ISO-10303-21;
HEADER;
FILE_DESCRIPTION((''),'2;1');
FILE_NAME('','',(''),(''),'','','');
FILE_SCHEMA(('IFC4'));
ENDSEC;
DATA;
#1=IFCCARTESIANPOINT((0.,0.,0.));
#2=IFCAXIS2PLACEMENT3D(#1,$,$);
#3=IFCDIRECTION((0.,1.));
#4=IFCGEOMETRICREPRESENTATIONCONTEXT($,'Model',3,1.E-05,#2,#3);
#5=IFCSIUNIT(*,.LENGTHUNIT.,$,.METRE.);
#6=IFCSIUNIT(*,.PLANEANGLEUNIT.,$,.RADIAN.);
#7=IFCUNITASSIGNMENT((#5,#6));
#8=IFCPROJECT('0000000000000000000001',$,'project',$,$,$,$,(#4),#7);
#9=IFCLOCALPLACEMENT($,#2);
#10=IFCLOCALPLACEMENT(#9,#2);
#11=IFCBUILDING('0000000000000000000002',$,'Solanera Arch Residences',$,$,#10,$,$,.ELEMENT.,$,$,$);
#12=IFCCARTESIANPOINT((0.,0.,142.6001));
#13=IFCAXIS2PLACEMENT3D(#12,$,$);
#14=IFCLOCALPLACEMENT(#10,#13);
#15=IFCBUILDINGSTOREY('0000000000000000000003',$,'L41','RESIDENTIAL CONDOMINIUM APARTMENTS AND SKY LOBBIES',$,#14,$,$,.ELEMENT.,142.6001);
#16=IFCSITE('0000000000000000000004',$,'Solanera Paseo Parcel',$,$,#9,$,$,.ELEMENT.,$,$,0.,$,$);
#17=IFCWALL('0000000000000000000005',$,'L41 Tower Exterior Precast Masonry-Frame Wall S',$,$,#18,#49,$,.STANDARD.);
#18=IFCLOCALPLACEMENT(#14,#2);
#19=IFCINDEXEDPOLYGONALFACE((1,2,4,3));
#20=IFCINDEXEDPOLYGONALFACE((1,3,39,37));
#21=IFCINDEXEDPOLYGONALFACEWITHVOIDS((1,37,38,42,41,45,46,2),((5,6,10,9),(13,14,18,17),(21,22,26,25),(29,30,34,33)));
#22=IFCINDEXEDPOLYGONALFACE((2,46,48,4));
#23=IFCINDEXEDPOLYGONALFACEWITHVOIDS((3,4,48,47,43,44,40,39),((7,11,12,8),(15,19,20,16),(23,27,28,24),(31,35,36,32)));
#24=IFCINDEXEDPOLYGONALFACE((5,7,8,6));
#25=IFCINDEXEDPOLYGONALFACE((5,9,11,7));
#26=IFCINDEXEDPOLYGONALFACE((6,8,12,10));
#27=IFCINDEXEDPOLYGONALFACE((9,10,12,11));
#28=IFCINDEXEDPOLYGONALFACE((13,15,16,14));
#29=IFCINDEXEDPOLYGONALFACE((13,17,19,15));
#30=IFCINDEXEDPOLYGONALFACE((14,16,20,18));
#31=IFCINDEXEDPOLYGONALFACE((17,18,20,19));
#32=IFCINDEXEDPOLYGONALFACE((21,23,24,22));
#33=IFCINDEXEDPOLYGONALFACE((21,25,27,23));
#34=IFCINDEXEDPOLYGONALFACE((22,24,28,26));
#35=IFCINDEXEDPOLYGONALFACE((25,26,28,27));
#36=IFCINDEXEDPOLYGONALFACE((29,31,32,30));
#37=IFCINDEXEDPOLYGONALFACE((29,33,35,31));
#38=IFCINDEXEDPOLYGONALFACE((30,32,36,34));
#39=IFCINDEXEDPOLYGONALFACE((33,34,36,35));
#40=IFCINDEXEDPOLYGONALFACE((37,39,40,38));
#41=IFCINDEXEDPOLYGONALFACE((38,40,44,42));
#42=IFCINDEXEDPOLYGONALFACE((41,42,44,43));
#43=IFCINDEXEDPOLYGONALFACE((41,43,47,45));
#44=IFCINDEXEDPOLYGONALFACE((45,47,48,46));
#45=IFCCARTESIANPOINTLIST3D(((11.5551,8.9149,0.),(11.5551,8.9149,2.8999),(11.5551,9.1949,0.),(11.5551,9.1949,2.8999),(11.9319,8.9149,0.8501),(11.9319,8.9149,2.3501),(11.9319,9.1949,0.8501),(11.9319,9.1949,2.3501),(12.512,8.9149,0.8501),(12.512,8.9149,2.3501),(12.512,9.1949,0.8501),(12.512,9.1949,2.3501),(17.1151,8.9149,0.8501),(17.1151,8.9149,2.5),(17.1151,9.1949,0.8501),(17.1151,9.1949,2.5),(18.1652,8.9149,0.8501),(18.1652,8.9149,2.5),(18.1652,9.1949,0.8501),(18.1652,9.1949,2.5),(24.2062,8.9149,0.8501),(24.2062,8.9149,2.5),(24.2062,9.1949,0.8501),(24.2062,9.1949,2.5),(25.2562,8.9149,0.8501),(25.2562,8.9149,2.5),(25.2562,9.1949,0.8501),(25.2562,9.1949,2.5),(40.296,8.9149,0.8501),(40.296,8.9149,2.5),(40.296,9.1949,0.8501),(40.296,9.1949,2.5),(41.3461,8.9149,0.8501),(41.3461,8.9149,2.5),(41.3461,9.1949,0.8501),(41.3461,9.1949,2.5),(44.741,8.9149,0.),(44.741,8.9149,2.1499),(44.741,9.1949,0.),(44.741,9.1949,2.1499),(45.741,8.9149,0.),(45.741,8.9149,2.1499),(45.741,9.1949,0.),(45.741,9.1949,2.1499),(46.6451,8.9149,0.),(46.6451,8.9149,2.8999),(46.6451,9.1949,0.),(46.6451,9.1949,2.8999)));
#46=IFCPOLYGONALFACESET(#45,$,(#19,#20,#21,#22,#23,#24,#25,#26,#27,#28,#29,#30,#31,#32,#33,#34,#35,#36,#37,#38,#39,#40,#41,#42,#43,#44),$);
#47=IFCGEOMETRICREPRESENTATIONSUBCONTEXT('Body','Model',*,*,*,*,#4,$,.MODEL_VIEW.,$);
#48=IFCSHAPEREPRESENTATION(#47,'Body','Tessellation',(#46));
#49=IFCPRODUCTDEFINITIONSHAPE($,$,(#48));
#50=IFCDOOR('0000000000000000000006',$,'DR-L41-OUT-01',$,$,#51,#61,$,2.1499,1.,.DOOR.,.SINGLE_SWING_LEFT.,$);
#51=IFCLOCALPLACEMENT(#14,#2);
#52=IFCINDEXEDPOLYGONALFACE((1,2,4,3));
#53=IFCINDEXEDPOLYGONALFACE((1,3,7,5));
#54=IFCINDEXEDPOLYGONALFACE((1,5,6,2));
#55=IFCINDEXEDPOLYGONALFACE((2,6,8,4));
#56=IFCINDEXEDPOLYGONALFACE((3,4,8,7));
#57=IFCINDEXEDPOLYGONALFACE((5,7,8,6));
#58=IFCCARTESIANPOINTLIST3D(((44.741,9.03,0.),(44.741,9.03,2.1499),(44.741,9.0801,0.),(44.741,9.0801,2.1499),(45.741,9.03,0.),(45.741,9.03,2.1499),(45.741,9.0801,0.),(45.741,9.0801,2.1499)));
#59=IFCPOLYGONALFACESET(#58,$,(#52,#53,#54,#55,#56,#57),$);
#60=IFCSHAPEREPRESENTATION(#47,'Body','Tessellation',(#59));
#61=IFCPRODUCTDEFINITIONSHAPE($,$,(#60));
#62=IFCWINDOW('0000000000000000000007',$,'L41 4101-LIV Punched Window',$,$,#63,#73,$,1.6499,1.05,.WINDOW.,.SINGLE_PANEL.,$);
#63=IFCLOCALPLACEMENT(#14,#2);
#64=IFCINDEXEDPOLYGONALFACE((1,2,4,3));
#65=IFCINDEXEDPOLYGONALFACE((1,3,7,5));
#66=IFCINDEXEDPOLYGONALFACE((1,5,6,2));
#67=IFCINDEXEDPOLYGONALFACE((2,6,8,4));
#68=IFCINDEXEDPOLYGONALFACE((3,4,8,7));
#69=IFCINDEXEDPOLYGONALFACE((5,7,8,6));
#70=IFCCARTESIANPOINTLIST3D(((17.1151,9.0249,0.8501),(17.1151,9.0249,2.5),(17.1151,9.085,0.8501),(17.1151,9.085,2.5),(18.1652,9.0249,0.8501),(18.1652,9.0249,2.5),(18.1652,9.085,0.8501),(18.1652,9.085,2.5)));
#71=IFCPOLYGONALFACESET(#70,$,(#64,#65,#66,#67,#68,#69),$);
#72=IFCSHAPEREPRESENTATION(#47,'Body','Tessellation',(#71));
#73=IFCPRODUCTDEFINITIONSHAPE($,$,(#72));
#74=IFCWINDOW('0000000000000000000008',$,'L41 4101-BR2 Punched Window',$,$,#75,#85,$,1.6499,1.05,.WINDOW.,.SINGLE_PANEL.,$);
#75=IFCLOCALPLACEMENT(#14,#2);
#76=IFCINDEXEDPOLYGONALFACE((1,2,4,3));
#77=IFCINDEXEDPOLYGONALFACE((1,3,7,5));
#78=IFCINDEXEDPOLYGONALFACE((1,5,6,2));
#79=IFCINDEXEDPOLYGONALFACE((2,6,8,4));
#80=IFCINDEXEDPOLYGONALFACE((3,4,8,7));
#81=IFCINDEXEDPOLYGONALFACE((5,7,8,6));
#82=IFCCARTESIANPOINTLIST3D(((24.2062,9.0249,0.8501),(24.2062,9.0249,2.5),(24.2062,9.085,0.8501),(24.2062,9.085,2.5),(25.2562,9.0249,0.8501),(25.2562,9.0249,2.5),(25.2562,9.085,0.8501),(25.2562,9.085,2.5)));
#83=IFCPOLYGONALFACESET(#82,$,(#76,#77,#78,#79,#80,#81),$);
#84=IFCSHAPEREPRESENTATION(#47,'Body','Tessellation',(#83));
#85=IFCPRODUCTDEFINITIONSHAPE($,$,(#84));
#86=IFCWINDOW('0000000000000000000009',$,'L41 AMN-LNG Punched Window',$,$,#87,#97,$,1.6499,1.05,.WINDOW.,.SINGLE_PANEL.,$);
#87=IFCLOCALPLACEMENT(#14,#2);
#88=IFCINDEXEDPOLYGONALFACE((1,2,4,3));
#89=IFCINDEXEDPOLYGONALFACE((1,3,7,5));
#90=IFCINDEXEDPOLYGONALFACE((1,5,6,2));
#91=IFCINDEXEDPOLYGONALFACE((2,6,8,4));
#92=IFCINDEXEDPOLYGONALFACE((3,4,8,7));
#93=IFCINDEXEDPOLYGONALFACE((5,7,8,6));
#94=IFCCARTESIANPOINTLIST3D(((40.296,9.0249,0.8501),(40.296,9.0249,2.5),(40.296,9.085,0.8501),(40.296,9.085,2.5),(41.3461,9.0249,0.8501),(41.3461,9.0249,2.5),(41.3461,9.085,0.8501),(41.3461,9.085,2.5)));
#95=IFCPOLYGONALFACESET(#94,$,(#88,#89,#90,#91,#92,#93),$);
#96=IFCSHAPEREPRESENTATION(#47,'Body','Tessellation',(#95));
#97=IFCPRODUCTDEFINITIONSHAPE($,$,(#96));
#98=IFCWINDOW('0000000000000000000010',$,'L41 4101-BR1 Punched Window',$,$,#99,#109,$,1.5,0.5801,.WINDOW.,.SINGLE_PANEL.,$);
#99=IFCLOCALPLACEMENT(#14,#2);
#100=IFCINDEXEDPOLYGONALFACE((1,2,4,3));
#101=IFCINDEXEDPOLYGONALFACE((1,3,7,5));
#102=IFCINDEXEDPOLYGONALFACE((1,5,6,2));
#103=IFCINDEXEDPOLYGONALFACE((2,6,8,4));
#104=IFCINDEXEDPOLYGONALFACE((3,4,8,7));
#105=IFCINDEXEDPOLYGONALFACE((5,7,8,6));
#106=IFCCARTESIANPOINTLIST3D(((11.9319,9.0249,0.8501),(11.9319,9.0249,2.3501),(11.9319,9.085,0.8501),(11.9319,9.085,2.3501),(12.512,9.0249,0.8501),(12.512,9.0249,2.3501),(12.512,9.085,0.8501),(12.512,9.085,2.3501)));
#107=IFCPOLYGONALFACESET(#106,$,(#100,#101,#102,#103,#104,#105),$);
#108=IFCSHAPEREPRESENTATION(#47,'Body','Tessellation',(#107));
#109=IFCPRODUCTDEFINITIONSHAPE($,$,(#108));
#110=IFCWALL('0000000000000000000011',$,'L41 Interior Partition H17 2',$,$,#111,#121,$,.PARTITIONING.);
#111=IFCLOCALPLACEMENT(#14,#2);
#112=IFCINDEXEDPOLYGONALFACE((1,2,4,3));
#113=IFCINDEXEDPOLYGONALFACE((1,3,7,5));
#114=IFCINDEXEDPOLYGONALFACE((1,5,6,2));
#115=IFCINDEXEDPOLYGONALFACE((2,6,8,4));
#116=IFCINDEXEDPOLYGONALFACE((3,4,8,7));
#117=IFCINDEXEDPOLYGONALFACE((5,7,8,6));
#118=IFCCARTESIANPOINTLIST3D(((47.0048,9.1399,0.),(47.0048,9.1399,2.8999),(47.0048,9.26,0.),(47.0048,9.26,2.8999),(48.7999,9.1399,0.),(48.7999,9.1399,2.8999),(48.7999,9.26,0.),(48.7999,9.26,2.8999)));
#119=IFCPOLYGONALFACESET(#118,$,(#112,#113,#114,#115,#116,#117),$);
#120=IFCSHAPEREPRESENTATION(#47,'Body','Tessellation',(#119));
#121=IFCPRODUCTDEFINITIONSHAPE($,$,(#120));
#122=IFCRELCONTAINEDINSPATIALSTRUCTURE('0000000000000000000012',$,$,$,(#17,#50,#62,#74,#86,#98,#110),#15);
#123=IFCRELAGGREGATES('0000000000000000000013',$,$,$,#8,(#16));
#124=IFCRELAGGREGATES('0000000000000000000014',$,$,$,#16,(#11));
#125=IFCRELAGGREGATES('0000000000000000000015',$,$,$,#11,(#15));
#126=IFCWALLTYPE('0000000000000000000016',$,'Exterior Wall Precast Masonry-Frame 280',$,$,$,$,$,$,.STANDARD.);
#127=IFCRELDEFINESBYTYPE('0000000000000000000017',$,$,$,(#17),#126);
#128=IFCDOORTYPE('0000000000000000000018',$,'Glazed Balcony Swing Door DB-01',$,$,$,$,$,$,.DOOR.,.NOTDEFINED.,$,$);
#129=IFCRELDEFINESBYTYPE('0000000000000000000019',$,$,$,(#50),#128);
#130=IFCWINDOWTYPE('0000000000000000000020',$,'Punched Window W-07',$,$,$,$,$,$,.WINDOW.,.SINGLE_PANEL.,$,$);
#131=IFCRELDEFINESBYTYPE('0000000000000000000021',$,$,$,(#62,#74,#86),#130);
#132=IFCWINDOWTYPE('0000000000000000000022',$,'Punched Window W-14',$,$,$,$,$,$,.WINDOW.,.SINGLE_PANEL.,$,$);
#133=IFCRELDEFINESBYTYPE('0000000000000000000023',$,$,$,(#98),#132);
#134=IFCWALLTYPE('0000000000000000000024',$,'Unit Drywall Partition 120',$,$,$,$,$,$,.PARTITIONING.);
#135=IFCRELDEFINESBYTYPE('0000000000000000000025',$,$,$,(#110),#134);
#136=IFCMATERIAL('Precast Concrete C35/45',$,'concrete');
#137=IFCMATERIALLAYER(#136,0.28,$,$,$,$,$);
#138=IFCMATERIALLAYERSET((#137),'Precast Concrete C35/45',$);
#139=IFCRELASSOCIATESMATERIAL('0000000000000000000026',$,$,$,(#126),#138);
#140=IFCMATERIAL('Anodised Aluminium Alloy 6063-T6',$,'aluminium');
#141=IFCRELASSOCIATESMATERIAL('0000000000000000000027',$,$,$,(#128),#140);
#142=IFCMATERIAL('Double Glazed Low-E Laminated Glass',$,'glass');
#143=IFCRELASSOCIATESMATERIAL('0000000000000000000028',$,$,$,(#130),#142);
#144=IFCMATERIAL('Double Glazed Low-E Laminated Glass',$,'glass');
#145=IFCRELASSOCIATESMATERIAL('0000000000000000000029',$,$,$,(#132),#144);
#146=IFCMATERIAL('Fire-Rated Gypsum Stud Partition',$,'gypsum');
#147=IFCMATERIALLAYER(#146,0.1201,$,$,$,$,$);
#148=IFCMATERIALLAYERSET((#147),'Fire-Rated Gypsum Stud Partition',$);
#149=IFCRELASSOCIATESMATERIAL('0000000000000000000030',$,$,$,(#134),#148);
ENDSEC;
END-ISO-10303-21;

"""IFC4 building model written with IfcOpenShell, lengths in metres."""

from ifc_helpers import new_model, si_unit, direction, frame, frame_2d, origin, place, context, subcontext, project, spatial, rectangle, extrude, material, layer, layer_set, type_object, element, fill, save


model = new_model("IFC4")

# Units and contexts
model_context = context("Model", 3, precision=1e-05, world=origin(), true_north=direction((0.0, 1.0)))
body_context = subcontext(model_context, "Body", "Model", "MODEL_VIEW")
ifc_project = project(units=[si_unit("LENGTHUNIT", "METRE"), si_unit("PLANEANGLEUNIT", "RADIAN")], contexts=[model_context])

# Site, building, storey
site_placement = place(None, origin())
site = spatial("IfcSite", under=ifc_project, at=site_placement, Name="Solanera Paseo Parcel", CompositionType="ELEMENT", RefElevation=0.0)
building_placement = place(site_placement, origin())
building = spatial("IfcBuilding", under=site, at=building_placement, Name="Solanera Arch Residences", CompositionType="ELEMENT")
storey_placement = place(building_placement, frame((0.0, 0.0, 142.6001)))
storey = spatial("IfcBuildingStorey", under=building, at=storey_placement, Name="L41", Description="RESIDENTIAL CONDOMINIUM APARTMENTS AND SKY LOBBIES", CompositionType="ELEMENT", Elevation=142.6001)

# Shared definitions
ifc_material_1 = material(Name="Precast Concrete C35/45", Category="concrete")
ifc_layer_1 = layer(ifc_material_1, 0.28)
ifc_layer_set_1 = layer_set([ifc_layer_1], Name="Precast Concrete C35/45")
wall_type_1 = type_object("IfcWallType", Name="Exterior Wall Precast Masonry-Frame 280", PredefinedType="STANDARD", material=ifc_layer_set_1)

# Wall, openings, door, windows
wall_1_placement = place(storey_placement, frame((46.645, 9.0549, 0.0), z_axis=(0.0, 0.0, 1.0), x_axis=(-1.0, 0.0, 0.0)))
wall_1 = element("IfcWall", 1, at=wall_1_placement, inside=storey, type_object=wall_type_1, Name="L41 Tower Exterior Precast Masonry-Frame Wall S", PredefinedType="STANDARD", context=body_context, shape_type="SweptSolid", body=[
    extrude(rectangle(XDim=35.0901, YDim=0.28, at=frame_2d((17.5449, 0.0))), origin(), (0.0, 0.0, 1.0), 2.8999),
])
opening_1_placement = place(wall_1_placement, frame((0.9041, 0.0, 0.0)))
opening_1 = element("IfcOpeningElement", 2, at=opening_1_placement, cuts=wall_1, PredefinedType="OPENING", context=body_context, shape_type="SweptSolid", body=[
    extrude(rectangle(XDim=1.0, YDim=2.1499, at=frame_2d((0.5, 1.075))), frame((0.0, 0.1499, 0.0), z_axis=(0.0, -1.0, 0.0), x_axis=(1.0, 0.0, 0.0)), (0.0, 0.0, 1.0), 0.3),
])
opening_2_placement = place(wall_1_placement, frame((28.48, 0.0, 0.8501)))
opening_2 = element("IfcOpeningElement", 3, at=opening_2_placement, cuts=wall_1, PredefinedType="OPENING", context=body_context, shape_type="SweptSolid", body=[
    extrude(rectangle(XDim=1.05, YDim=1.6499, at=frame_2d((0.5249, 0.825))), frame((0.0, 0.1499, 0.0), z_axis=(0.0, -1.0, 0.0), x_axis=(1.0, 0.0, 0.0)), (0.0, 0.0, 1.0), 0.3),
])
opening_3_placement = place(wall_1_placement, frame((34.1331, 0.0, 0.8501)))
opening_3 = element("IfcOpeningElement", 4, at=opening_3_placement, cuts=wall_1, PredefinedType="OPENING", context=body_context, shape_type="SweptSolid", body=[
    extrude(rectangle(XDim=0.5801, YDim=1.5, at=frame_2d((0.29, 0.75))), frame((0.0, 0.1499, 0.0), z_axis=(0.0, -1.0, 0.0), x_axis=(1.0, 0.0, 0.0)), (0.0, 0.0, 1.0), 0.3),
])
opening_4_placement = place(wall_1_placement, frame((21.3889, 0.0, 0.8501)))
opening_4 = element("IfcOpeningElement", 5, at=opening_4_placement, cuts=wall_1, PredefinedType="OPENING", context=body_context, shape_type="SweptSolid", body=[
    extrude(rectangle(XDim=1.05, YDim=1.6499, at=frame_2d((0.5249, 0.825))), frame((0.0, 0.1499, 0.0), z_axis=(0.0, -1.0, 0.0), x_axis=(1.0, 0.0, 0.0)), (0.0, 0.0, 1.0), 0.3),
])
opening_5_placement = place(wall_1_placement, frame((5.2991, 0.0, 0.8501)))
opening_5 = element("IfcOpeningElement", 6, at=opening_5_placement, cuts=wall_1, PredefinedType="OPENING", context=body_context, shape_type="SweptSolid", body=[
    extrude(rectangle(XDim=1.05, YDim=1.6499, at=frame_2d((0.5249, 0.825))), frame((0.0, 0.1499, 0.0), z_axis=(0.0, -1.0, 0.0), x_axis=(1.0, 0.0, 0.0)), (0.0, 0.0, 1.0), 0.3),
])
ifc_material_2 = material(Name="Anodised Aluminium Alloy 6063-T6", Category="aluminium")
door_type_1 = type_object("IfcDoorType", Name="Glazed Balcony Swing Door DB-01", OperationType="NOTDEFINED", PredefinedType="DOOR", material=ifc_material_2)
door_1_placement = place(opening_1_placement, origin())
door_1 = element("IfcDoor", 7, at=door_1_placement, inside=storey, type_object=door_type_1, Name="DR-L41-OUT-01", OperationType="SINGLE_SWING_LEFT", OverallHeight=2.1499, OverallWidth=1.0, PredefinedType="DOOR", context=body_context, shape_type="SweptSolid", body=[
    extrude(rectangle(XDim=1.0, YDim=2.1499, at=frame_2d((0.5, 1.075))), frame((0.0, 0.0249, 0.0), z_axis=(0.0, -1.0, 0.0), x_axis=(1.0, 0.0, 0.0)), (0.0, 0.0, 1.0), 0.05),
])
fill(opening_1, door_1)
ifc_material_3 = material(Name="Double Glazed Low-E Laminated Glass", Category="glass")
window_type_1 = type_object("IfcWindowType", Name="Punched Window W-07", PartitioningType="SINGLE_PANEL", PredefinedType="WINDOW", material=ifc_material_3)
window_1_placement = place(opening_2_placement, origin())
window_1 = element("IfcWindow", 8, at=window_1_placement, inside=storey, type_object=window_type_1, Name="L41 4101-LIV Punched Window", OverallHeight=1.6499, OverallWidth=1.05, PartitioningType="SINGLE_PANEL", PredefinedType="WINDOW", context=body_context, shape_type="SweptSolid", body=[
    extrude(rectangle(XDim=1.05, YDim=1.6499, at=frame_2d((0.5249, 0.825))), frame((0.0, 0.03, 0.0), z_axis=(0.0, -1.0, 0.0), x_axis=(1.0, 0.0, 0.0)), (0.0, 0.0, 1.0), 0.0601),
])
fill(opening_2, window_1)
window_2_placement = place(opening_4_placement, origin())
window_2 = element("IfcWindow", 9, at=window_2_placement, inside=storey, type_object=window_type_1, Name="L41 4101-BR2 Punched Window", OverallHeight=1.6499, OverallWidth=1.05, PartitioningType="SINGLE_PANEL", PredefinedType="WINDOW", context=body_context, shape_type="SweptSolid", body=[
    extrude(rectangle(XDim=1.05, YDim=1.6499, at=frame_2d((0.5249, 0.825))), frame((0.0, 0.03, 0.0), z_axis=(0.0, -1.0, 0.0), x_axis=(1.0, 0.0, 0.0)), (0.0, 0.0, 1.0), 0.0601),
])
fill(opening_4, window_2)
window_3_placement = place(opening_5_placement, origin())
window_3 = element("IfcWindow", 10, at=window_3_placement, inside=storey, type_object=window_type_1, Name="L41 AMN-LNG Punched Window", OverallHeight=1.6499, OverallWidth=1.05, PartitioningType="SINGLE_PANEL", PredefinedType="WINDOW", context=body_context, shape_type="SweptSolid", body=[
    extrude(rectangle(XDim=1.05, YDim=1.6499, at=frame_2d((0.5249, 0.825))), frame((0.0, 0.03, 0.0), z_axis=(0.0, -1.0, 0.0), x_axis=(1.0, 0.0, 0.0)), (0.0, 0.0, 1.0), 0.0601),
])
fill(opening_5, window_3)
ifc_material_4 = material(Name="Double Glazed Low-E Laminated Glass", Category="glass")
window_type_2 = type_object("IfcWindowType", Name="Punched Window W-14", PartitioningType="SINGLE_PANEL", PredefinedType="WINDOW", material=ifc_material_4)
window_4_placement = place(opening_3_placement, origin())
window_4 = element("IfcWindow", 11, at=window_4_placement, inside=storey, type_object=window_type_2, Name="L41 4101-BR1 Punched Window", OverallHeight=1.5, OverallWidth=0.5801, PartitioningType="SINGLE_PANEL", PredefinedType="WINDOW", context=body_context, shape_type="SweptSolid", body=[
    extrude(rectangle(XDim=0.5801, YDim=1.5, at=frame_2d((0.29, 0.75))), frame((0.0, 0.03, 0.0), z_axis=(0.0, -1.0, 0.0), x_axis=(1.0, 0.0, 0.0)), (0.0, 0.0, 1.0), 0.0601),
])
fill(opening_3, window_4)

# Wall
ifc_material_5 = material(Name="Fire-Rated Gypsum Stud Partition", Category="gypsum")
ifc_layer_2 = layer(ifc_material_5, 0.1201)
ifc_layer_set_2 = layer_set([ifc_layer_2], Name="Fire-Rated Gypsum Stud Partition")
wall_type_2 = type_object("IfcWallType", Name="Unit Drywall Partition 120", PredefinedType="PARTITIONING", material=ifc_layer_set_2)
wall_2_placement = place(storey_placement, frame((47.0049, 9.2, 0.0), z_axis=(0.0, 0.0, 1.0), x_axis=(1.0, 0.0, 0.0)))
element("IfcWall", 12, at=wall_2_placement, inside=storey, type_object=wall_type_2, Name="L41 Interior Partition H17 2", PredefinedType="PARTITIONING", context=body_context, shape_type="SweptSolid", body=[
    extrude(rectangle(XDim=1.7952, YDim=0.1201, at=frame_2d((0.8975, 0.0))), origin(), (0.0, 0.0, 1.0), 2.8999),
])

save(model, "model.ifc")
